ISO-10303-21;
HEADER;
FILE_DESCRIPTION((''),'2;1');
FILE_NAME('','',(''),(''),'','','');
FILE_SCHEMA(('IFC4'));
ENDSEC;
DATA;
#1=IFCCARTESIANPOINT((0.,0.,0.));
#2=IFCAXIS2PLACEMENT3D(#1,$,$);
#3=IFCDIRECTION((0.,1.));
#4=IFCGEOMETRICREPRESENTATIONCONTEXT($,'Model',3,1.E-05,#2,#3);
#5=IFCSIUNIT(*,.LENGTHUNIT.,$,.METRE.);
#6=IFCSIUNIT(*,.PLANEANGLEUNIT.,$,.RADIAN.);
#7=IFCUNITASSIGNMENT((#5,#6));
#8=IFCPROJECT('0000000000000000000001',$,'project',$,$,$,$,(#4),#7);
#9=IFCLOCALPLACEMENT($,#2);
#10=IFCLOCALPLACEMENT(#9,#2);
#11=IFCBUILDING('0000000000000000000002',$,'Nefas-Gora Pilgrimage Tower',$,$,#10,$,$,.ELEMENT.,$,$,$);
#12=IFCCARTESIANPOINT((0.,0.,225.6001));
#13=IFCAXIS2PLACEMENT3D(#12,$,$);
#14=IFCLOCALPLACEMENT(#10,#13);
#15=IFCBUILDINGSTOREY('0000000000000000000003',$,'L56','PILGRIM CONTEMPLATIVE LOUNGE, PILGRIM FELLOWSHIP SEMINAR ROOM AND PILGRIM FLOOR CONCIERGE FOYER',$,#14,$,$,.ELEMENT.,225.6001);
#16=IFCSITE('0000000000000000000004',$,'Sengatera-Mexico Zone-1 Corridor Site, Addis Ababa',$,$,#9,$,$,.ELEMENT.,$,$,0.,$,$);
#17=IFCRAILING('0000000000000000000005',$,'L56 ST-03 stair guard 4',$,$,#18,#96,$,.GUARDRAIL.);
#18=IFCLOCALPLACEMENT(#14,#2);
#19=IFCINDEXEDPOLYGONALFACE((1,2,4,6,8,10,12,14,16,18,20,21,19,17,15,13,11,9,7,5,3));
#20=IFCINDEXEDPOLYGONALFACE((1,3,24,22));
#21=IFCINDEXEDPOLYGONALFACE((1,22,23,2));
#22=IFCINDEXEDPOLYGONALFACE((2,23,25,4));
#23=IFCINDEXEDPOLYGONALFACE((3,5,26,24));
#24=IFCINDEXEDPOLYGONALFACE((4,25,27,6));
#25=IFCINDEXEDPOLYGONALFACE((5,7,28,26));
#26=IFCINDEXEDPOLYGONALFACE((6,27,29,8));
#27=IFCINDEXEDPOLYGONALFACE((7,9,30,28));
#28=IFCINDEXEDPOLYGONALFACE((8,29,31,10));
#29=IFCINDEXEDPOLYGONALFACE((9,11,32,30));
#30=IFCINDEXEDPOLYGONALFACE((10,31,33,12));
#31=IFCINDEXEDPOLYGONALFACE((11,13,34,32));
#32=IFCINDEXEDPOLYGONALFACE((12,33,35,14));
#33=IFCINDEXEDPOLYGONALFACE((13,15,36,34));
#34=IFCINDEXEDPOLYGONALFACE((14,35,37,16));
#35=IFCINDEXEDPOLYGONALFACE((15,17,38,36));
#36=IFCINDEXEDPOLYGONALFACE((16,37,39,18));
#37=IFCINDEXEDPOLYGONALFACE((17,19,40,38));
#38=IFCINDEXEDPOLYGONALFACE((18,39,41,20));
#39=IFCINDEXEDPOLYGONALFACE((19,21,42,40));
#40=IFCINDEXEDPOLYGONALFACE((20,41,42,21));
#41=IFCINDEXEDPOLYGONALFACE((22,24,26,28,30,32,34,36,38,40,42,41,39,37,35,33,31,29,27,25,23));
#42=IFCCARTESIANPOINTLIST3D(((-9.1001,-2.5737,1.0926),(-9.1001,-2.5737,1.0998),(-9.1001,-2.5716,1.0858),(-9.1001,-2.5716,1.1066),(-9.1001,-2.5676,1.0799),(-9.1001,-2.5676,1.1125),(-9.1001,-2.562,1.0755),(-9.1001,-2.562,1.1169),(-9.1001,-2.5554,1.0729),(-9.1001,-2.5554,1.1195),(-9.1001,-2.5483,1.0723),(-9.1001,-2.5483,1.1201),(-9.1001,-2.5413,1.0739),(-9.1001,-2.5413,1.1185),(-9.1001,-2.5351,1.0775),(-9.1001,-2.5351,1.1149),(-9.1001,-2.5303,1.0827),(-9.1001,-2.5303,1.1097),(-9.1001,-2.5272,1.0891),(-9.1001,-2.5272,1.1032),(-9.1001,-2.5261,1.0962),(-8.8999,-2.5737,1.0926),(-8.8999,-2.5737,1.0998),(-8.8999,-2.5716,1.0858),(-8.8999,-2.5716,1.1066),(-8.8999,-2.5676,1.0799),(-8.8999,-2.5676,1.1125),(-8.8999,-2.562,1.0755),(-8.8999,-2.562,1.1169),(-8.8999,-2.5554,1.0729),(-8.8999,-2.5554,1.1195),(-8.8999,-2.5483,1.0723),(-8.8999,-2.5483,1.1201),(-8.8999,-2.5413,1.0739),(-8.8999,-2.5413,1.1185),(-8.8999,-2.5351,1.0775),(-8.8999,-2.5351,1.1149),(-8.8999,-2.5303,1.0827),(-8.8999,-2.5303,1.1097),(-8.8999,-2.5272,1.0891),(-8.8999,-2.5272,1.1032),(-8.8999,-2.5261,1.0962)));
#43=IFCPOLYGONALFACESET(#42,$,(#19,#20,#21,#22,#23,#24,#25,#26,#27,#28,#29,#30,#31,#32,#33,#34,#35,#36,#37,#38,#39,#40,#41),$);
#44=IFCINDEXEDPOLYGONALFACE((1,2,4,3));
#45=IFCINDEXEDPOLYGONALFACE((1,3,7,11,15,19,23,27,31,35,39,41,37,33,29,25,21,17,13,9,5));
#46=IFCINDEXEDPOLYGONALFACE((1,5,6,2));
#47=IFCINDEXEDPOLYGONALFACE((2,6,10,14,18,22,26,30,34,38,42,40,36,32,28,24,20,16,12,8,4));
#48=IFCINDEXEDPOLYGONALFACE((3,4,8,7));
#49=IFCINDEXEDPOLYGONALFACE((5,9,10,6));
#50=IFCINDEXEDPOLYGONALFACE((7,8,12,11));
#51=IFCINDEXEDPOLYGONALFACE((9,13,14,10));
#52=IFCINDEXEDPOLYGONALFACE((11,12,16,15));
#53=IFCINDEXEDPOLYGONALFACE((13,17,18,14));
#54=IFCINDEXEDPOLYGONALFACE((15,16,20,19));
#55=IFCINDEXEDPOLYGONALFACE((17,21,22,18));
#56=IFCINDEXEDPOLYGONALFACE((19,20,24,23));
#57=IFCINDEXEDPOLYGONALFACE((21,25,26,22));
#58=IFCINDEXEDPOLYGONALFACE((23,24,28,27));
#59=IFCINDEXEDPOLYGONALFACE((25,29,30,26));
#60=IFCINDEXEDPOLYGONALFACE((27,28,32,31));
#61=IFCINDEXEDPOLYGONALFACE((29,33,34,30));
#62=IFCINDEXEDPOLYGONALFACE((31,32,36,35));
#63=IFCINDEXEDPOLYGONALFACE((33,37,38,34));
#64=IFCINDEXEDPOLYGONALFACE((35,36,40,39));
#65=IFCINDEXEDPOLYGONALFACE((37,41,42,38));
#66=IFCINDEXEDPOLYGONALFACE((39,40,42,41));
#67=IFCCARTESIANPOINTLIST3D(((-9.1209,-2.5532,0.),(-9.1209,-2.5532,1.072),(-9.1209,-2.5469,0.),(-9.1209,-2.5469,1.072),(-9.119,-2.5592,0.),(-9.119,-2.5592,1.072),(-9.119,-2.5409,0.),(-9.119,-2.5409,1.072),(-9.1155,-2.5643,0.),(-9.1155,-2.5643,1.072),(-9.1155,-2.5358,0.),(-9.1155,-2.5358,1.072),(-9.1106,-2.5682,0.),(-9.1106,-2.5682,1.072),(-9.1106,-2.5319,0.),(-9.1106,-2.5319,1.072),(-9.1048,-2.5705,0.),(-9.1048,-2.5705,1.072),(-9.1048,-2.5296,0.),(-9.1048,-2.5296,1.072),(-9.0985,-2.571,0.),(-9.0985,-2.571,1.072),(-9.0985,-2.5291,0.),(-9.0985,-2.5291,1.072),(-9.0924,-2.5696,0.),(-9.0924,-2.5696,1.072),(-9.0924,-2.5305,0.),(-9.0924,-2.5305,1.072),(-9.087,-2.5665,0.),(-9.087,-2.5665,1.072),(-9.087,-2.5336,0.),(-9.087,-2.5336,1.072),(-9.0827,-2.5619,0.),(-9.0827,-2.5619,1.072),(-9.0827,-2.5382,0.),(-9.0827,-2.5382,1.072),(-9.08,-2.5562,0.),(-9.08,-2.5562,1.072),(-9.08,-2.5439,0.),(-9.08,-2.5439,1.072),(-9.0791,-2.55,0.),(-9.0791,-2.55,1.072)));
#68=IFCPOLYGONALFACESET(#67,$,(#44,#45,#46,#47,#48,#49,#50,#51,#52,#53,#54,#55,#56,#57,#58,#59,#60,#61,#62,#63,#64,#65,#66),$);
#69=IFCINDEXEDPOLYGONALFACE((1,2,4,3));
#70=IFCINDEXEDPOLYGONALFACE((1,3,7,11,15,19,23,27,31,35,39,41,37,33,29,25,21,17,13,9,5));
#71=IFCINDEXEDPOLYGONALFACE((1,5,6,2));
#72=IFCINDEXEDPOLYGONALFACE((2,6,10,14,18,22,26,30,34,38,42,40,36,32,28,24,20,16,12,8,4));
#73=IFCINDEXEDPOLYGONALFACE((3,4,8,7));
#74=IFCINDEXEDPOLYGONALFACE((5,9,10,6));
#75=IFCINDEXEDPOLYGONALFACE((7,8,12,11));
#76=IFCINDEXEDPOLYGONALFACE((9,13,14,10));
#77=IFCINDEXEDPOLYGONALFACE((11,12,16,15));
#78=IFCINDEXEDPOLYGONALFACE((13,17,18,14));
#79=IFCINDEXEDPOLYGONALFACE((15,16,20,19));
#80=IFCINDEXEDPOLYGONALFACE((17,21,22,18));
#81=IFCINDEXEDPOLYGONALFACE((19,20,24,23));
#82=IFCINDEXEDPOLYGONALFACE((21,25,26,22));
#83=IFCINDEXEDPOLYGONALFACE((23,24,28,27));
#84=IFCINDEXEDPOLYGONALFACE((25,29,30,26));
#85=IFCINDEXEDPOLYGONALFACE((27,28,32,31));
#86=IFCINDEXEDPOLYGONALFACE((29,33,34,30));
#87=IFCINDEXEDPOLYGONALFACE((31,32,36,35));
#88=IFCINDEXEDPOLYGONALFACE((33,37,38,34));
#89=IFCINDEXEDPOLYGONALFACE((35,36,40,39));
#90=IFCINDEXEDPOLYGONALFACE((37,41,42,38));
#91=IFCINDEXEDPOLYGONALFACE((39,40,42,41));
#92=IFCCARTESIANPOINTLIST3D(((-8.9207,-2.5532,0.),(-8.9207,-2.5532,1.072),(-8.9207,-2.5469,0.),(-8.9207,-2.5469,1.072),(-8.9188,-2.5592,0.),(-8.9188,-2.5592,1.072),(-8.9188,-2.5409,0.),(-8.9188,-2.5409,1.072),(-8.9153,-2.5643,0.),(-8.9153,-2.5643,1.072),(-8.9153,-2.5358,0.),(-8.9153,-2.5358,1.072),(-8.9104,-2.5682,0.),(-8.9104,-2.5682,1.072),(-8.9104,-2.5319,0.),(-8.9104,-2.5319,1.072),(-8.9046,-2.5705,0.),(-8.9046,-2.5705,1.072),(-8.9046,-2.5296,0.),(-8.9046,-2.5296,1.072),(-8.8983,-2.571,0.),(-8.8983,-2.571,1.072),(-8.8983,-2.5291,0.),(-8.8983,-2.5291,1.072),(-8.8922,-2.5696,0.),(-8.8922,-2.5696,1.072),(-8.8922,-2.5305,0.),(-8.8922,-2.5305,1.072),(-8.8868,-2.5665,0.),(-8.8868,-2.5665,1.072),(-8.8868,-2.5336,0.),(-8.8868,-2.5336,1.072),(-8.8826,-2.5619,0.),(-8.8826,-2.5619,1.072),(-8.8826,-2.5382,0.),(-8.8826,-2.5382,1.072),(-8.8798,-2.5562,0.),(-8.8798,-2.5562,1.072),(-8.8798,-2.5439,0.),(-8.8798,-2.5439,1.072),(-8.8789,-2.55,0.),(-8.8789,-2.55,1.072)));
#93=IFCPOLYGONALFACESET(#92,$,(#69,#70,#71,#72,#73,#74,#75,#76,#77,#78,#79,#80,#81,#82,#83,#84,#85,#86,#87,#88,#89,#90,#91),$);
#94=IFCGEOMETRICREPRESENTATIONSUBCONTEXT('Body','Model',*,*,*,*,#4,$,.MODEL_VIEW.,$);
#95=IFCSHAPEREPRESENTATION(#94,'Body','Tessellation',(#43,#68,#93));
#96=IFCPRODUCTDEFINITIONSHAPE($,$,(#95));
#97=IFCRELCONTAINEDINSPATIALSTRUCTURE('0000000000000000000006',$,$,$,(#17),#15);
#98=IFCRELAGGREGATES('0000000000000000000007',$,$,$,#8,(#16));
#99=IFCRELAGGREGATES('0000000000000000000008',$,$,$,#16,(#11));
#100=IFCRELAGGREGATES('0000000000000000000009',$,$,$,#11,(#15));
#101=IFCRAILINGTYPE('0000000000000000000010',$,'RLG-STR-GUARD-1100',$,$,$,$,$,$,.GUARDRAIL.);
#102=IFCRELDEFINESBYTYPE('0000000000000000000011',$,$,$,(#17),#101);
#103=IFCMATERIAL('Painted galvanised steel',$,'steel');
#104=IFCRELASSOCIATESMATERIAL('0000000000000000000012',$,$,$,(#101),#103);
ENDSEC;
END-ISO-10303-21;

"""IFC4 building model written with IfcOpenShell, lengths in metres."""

from ifc_helpers import new_model, si_unit, direction, frame, origin, origin_2d, place, context, subcontext, project, spatial, circle, extrude, material, type_object, element, save


model = new_model("IFC4")

# Units and contexts
model_context = context("Model", 3, precision=1e-05, world=origin(), true_north=direction((0.0, 1.0)))
body_context = subcontext(model_context, "Body", "Model", "MODEL_VIEW")
ifc_project = project(units=[si_unit("LENGTHUNIT", "METRE"), si_unit("PLANEANGLEUNIT", "RADIAN")], contexts=[model_context])

# Site, building, storey
site_placement = place(None, origin())
site = spatial("IfcSite", under=ifc_project, at=site_placement, Name="Sengatera-Mexico Zone-1 Corridor Site, Addis Ababa", CompositionType="ELEMENT", RefElevation=0.0)
building_placement = place(site_placement, origin())
building = spatial("IfcBuilding", under=site, at=building_placement, Name="Nefas-Gora Pilgrimage Tower", CompositionType="ELEMENT")
storey_placement = place(building_placement, frame((0.0, 0.0, 225.6001)))
storey = spatial("IfcBuildingStorey", under=building, at=storey_placement, Name="L56", Description="PILGRIM CONTEMPLATIVE LOUNGE, PILGRIM FELLOWSHIP SEMINAR ROOM AND PILGRIM FLOOR CONCIERGE FOYER", CompositionType="ELEMENT", Elevation=225.6001)

# Railing
ifc_material_1 = material(Name="Painted galvanised steel", Category="steel")
railing_type_1 = type_object("IfcRailingType", Name="RLG-STR-GUARD-1100", PredefinedType="GUARDRAIL", material=ifc_material_1)
railing_1_placement = place(storey_placement, frame((-9.1001, -2.55, 0.0)))
element("IfcRailing", 1, at=railing_1_placement, inside=storey, type_object=railing_type_1, Name="L56 ST-03 stair guard 4", PredefinedType="GUARDRAIL", context=body_context, shape_type="SweptSolid", body=[
    extrude(circle(Radius=0.0239, at=origin_2d()), frame((0.0, 0.0, 1.0962), z_axis=(1.0, 0.0, 0.0), x_axis=(0.0, 1.0, 0.0)), (0.0, 0.0, 1.0), 0.2002),
    extrude(circle(Radius=0.021, at=origin_2d()), origin(), (0.0, 0.0, 1.0), 1.072),
    extrude(circle(Radius=0.021, at=origin_2d()), frame((0.2002, 0.0, 0.0)), (0.0, 0.0, 1.0), 1.072),
])

save(model, "model.ifc")
